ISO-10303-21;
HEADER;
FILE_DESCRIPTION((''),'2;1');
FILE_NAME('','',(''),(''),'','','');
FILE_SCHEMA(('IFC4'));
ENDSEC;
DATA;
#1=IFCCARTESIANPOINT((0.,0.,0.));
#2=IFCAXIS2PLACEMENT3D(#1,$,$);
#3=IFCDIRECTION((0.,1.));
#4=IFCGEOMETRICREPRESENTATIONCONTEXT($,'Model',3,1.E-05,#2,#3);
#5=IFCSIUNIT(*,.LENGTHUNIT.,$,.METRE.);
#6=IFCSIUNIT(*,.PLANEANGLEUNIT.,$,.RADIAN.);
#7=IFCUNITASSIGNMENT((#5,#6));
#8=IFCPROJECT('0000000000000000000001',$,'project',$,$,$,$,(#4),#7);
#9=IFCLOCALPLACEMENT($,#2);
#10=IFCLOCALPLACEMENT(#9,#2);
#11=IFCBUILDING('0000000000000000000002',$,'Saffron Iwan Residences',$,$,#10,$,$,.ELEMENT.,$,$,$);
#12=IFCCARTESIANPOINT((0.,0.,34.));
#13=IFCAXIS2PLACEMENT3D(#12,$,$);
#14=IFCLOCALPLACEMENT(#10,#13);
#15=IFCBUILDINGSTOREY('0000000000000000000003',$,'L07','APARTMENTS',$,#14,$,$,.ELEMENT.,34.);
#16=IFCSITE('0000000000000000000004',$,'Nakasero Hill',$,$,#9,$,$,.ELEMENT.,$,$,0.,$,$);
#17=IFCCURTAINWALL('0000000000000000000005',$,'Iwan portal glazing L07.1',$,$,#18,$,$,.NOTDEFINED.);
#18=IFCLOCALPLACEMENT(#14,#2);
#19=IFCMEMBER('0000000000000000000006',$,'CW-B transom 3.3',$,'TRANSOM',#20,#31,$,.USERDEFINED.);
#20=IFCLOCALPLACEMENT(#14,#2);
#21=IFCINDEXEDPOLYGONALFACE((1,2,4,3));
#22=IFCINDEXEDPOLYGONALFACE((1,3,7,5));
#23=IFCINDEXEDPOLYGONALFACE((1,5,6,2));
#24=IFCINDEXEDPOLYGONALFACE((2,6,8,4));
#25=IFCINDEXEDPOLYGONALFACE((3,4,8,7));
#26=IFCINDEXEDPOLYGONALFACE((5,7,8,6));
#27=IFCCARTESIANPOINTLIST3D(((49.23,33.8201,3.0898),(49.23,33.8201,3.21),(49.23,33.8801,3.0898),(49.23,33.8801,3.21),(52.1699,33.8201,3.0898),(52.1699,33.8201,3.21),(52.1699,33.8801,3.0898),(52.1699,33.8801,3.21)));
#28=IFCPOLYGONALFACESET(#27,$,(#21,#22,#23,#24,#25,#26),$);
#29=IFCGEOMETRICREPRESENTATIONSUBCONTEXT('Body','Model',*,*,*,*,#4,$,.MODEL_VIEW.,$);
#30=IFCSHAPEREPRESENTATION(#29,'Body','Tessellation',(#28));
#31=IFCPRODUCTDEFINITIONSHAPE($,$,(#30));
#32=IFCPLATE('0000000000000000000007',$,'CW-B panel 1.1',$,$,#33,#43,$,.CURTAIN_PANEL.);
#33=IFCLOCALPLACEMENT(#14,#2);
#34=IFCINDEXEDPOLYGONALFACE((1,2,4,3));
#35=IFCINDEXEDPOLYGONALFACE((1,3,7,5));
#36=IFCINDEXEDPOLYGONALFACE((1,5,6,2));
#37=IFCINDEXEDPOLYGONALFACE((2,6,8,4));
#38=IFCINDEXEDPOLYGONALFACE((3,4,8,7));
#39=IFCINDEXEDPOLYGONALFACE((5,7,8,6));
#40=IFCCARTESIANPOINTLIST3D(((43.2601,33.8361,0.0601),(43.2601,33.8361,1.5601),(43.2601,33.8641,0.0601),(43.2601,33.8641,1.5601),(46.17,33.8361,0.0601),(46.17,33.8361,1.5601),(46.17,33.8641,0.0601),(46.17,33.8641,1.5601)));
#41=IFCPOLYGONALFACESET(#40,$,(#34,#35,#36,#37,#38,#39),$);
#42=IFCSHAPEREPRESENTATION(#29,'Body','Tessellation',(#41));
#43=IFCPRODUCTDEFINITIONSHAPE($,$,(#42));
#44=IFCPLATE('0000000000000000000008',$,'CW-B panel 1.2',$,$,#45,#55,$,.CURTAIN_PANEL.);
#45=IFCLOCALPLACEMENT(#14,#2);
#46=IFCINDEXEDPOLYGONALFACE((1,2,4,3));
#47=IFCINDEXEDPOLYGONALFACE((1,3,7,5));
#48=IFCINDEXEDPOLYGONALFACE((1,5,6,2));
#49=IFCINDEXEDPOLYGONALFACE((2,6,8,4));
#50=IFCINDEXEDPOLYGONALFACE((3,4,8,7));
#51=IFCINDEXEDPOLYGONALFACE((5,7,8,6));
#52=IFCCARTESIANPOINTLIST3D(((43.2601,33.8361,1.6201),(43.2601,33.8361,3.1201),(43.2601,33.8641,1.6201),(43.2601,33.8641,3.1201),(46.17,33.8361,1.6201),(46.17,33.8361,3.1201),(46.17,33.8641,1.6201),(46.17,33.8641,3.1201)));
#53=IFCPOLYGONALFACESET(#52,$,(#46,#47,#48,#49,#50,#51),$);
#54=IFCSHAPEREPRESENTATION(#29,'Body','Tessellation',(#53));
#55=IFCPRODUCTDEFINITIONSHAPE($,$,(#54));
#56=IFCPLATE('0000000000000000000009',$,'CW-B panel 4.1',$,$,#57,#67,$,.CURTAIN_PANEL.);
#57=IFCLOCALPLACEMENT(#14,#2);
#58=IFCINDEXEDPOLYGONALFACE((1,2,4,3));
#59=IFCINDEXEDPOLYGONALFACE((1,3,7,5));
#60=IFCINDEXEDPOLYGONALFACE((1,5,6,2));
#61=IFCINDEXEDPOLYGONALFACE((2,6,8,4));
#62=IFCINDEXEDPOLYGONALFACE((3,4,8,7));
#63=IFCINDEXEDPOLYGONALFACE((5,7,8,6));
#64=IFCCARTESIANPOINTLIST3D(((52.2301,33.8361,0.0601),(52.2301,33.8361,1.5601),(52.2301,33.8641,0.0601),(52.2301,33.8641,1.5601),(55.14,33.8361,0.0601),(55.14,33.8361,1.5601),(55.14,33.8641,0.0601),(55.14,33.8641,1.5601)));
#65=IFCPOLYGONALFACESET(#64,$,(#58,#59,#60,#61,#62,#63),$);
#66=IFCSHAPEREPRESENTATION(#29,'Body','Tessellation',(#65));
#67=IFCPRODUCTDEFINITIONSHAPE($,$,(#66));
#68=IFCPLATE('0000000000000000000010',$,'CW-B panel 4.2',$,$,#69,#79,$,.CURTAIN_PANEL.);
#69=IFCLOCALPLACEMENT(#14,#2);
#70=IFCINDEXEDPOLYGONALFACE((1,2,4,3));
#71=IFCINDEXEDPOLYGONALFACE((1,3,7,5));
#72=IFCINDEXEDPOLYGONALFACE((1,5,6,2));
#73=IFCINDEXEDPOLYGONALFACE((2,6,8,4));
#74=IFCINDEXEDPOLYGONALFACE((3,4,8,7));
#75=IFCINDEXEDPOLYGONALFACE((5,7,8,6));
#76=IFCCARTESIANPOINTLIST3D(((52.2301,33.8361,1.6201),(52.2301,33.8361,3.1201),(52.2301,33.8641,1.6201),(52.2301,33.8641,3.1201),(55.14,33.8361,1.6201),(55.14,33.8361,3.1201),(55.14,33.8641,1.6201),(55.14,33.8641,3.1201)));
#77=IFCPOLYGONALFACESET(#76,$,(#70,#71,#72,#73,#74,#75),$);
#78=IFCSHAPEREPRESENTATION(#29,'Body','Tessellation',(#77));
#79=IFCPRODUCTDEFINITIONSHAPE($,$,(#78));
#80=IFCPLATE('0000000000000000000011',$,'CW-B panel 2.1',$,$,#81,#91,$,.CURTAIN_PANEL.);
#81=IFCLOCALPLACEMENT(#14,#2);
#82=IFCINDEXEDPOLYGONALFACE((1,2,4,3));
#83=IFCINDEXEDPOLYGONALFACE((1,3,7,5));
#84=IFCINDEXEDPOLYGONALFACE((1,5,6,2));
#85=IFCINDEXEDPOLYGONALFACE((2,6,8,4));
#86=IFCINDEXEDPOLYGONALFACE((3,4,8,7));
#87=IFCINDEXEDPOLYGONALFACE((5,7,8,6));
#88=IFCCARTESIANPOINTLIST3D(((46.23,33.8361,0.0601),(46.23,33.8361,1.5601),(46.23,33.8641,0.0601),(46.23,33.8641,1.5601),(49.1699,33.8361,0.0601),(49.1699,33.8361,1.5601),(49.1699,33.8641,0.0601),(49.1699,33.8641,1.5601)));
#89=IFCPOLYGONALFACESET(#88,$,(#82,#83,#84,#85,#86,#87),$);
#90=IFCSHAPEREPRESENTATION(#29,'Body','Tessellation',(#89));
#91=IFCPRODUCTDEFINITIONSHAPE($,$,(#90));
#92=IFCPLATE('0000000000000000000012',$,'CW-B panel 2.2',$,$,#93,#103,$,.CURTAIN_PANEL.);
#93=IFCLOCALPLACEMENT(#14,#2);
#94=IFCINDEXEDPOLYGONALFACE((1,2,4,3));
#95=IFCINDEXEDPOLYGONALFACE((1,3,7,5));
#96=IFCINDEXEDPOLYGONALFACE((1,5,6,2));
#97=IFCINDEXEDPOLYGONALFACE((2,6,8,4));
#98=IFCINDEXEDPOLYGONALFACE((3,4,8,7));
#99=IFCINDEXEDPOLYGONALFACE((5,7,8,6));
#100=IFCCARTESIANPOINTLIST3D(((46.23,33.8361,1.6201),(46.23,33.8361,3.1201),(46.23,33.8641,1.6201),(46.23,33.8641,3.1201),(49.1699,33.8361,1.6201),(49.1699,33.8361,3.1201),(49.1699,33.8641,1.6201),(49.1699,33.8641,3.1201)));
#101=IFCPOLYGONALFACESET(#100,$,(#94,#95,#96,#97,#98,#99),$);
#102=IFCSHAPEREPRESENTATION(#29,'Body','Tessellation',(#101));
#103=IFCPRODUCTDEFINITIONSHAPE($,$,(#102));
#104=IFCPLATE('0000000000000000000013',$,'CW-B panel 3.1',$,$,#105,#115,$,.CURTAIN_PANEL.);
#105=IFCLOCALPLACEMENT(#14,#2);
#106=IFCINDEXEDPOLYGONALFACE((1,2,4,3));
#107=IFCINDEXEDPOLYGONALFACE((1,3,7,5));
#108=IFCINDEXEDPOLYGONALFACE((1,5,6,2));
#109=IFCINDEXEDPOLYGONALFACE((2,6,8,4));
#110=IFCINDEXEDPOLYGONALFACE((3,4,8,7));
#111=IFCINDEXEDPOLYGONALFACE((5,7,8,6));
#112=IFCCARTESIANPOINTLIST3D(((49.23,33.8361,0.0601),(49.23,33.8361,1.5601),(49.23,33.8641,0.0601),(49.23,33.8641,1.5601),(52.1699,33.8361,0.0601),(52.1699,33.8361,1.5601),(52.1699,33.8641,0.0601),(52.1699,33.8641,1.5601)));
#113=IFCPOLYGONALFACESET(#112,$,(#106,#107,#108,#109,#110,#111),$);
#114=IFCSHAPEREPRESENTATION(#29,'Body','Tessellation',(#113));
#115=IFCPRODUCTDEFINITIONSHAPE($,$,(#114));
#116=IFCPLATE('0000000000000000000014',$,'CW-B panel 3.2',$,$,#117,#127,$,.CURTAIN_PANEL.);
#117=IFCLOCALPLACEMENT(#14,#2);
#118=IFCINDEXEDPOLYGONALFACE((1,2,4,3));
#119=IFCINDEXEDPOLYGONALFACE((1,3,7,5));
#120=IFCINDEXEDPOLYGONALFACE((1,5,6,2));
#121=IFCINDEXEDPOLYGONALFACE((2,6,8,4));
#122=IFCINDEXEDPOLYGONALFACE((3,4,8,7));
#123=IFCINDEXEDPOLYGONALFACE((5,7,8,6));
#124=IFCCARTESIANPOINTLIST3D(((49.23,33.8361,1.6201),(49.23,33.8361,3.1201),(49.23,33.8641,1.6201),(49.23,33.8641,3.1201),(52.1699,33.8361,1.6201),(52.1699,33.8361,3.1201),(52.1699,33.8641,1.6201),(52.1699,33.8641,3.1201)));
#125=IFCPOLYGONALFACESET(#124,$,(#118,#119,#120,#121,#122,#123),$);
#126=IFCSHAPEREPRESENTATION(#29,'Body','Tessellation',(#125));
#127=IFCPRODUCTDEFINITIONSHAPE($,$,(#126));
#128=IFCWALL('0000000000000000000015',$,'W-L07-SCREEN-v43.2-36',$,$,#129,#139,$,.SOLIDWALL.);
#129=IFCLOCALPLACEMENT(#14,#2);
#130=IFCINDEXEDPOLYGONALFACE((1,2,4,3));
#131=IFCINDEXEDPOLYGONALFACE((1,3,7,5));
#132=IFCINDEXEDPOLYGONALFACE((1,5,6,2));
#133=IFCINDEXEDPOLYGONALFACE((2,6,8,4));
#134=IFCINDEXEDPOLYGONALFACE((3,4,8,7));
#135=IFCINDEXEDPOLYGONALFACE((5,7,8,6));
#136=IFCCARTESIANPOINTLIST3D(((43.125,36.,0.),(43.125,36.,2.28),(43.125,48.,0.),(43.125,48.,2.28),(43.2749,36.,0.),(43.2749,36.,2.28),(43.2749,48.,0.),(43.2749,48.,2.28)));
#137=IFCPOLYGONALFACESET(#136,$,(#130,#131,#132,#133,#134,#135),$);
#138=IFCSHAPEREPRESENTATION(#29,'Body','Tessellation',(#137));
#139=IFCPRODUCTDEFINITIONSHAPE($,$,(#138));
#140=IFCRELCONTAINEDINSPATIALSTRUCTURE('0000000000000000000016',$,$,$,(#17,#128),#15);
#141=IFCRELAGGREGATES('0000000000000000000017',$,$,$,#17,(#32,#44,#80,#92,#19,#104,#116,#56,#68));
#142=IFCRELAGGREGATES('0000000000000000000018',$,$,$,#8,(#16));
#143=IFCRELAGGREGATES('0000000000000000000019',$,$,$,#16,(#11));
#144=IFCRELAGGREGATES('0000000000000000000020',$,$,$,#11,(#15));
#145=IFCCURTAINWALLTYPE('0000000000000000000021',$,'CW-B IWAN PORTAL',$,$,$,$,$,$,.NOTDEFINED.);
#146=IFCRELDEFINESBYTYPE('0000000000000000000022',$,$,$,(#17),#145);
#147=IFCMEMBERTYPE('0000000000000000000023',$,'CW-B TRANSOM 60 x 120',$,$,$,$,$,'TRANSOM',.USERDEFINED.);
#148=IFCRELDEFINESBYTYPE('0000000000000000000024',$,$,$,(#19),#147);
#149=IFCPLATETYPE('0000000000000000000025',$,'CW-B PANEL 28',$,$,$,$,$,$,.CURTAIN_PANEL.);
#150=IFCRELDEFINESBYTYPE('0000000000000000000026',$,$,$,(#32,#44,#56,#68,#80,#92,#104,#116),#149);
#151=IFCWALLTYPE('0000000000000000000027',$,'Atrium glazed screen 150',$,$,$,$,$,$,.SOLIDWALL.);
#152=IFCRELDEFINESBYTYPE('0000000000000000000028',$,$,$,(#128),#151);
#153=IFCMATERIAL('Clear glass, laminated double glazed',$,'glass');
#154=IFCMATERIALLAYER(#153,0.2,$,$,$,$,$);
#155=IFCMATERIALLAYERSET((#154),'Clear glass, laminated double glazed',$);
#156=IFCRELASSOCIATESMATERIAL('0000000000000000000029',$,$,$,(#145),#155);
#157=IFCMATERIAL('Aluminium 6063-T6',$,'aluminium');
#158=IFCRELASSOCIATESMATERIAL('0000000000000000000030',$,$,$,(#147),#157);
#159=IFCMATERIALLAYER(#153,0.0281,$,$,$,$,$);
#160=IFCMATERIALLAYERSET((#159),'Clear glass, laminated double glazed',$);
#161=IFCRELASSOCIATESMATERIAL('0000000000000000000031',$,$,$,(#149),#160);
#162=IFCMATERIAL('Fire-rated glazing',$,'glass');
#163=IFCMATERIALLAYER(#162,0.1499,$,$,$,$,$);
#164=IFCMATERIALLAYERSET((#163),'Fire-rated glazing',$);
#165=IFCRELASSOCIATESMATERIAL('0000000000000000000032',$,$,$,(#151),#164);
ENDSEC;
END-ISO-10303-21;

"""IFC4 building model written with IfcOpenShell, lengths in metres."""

from ifc_helpers import new_model, si_unit, direction, frame, frame_2d, origin, origin_2d, place, context, subcontext, project, spatial, rectangle, extrude, source, transform, mapped, material, layer, layer_set, material_profile, profile_set, type_object, element, aggregate, save


model = new_model("IFC4")

# Units and contexts
model_context = context("Model", 3, precision=1e-05, world=origin(), true_north=direction((0.0, 1.0)))
body_context = subcontext(model_context, "Body", "Model", "MODEL_VIEW")
ifc_project = project(units=[si_unit("LENGTHUNIT", "METRE"), si_unit("PLANEANGLEUNIT", "RADIAN")], contexts=[model_context])

# Site, building, storey
site_placement = place(None, origin())
site = spatial("IfcSite", under=ifc_project, at=site_placement, Name="Nakasero Hill", CompositionType="ELEMENT", RefElevation=0.0)
building_placement = place(site_placement, origin())
building = spatial("IfcBuilding", under=site, at=building_placement, Name="Saffron Iwan Residences", CompositionType="ELEMENT")
storey_placement = place(building_placement, frame((0.0, 0.0, 34.0)))
storey = spatial("IfcBuildingStorey", under=building, at=storey_placement, Name="L07", Description="APARTMENTS", CompositionType="ELEMENT", Elevation=34.0)

# Curtain wall, member, plates
ifc_material_1 = material(Name="Clear glass, laminated double glazed", Category="glass")
ifc_layer_1 = layer(ifc_material_1, 0.2)
ifc_layer_set_1 = layer_set([ifc_layer_1], Name="Clear glass, laminated double glazed")
curtain_wall_type = type_object("IfcCurtainWallType", Name="CW-B IWAN PORTAL", PredefinedType="NOTDEFINED", material=ifc_layer_set_1)
curtain_wall_placement = place(storey_placement, origin())
curtain_wall = element("IfcCurtainWall", 1, at=curtain_wall_placement, inside=storey, type_object=curtain_wall_type, Name="Iwan portal glazing L07.1", PredefinedType="NOTDEFINED")
ifc_material_2 = material(Name="Aluminium 6063-T6", Category="aluminium")
ifc_material_profile_1 = material_profile(ifc_material_2, rectangle(XDim=0.0601, YDim=0.1201, at=origin_2d()), Name="CW-B TRANSOM 60 x 120")
ifc_profile_set_1 = profile_set([ifc_material_profile_1], Name="Aluminium 6063-T6")
member_type_1 = type_object("IfcMemberType", Name="CW-B TRANSOM 60 x 120", ElementType="TRANSOM", PredefinedType="USERDEFINED", material=ifc_profile_set_1)
shared_shape_1 = source(origin(), body_context, "Body", "SweptSolid", [
    extrude(rectangle(XDim=0.0601, YDim=0.1201, at=origin_2d()), origin(), (0.0, 0.0, 1.0), 2.9399),
])
member_1_placement = place(storey_placement, frame((49.23, 33.8501, 3.1499), z_axis=(1.0, 0.0, 0.0), x_axis=(0.0, 1.0, 0.0)))
member_1 = element("IfcMember", 2, at=member_1_placement, type_object=member_type_1, Name="CW-B transom 3.3", ObjectType="TRANSOM", PredefinedType="USERDEFINED", context=body_context, shape_type="MappedRepresentation", body=[
    mapped(shared_shape_1, transform((0.0, 0.0, 0.0))),
])
ifc_layer_2 = layer(ifc_material_1, 0.0281)
ifc_layer_set_2 = layer_set([ifc_layer_2], Name="Clear glass, laminated double glazed")
plate_type = type_object("IfcPlateType", Name="CW-B PANEL 28", PredefinedType="CURTAIN_PANEL", material=ifc_layer_set_2)
shared_shape_2 = source(origin(), body_context, "Body", "SweptSolid", [
    extrude(rectangle(XDim=2.9099, YDim=0.0281, at=origin_2d()), origin(), (0.0, 0.0, 1.0), 1.5),
])
plate_1_placement = place(storey_placement, frame((44.7151, 33.8501, 0.0601), z_axis=(0.0, 0.0, 1.0), x_axis=(1.0, 0.0, 0.0)))
plate_1 = element("IfcPlate", 3, at=plate_1_placement, type_object=plate_type, Name="CW-B panel 1.1", PredefinedType="CURTAIN_PANEL", context=body_context, shape_type="MappedRepresentation", body=[
    mapped(shared_shape_2, transform((0.0, 0.0, 0.0))),
])
plate_2_placement = place(storey_placement, frame((44.7151, 33.8501, 1.6201), z_axis=(0.0, 0.0, 1.0), x_axis=(1.0, 0.0, 0.0)))
plate_2 = element("IfcPlate", 4, at=plate_2_placement, type_object=plate_type, Name="CW-B panel 1.2", PredefinedType="CURTAIN_PANEL", context=body_context, shape_type="MappedRepresentation", body=[
    mapped(shared_shape_2, transform((0.0, 0.0, 0.0))),
])
plate_3_placement = place(storey_placement, frame((53.6851, 33.8501, 0.0601), z_axis=(0.0, 0.0, 1.0), x_axis=(1.0, 0.0, 0.0)))
plate_3 = element("IfcPlate", 5, at=plate_3_placement, type_object=plate_type, Name="CW-B panel 4.1", PredefinedType="CURTAIN_PANEL", context=body_context, shape_type="MappedRepresentation", body=[
    mapped(shared_shape_2, transform((0.0, 0.0, 0.0))),
])
plate_4_placement = place(storey_placement, frame((53.6851, 33.8501, 1.6201), z_axis=(0.0, 0.0, 1.0), x_axis=(1.0, 0.0, 0.0)))
plate_4 = element("IfcPlate", 6, at=plate_4_placement, type_object=plate_type, Name="CW-B panel 4.2", PredefinedType="CURTAIN_PANEL", context=body_context, shape_type="MappedRepresentation", body=[
    mapped(shared_shape_2, transform((0.0, 0.0, 0.0))),
])
shared_shape_3 = source(origin(), body_context, "Body", "SweptSolid", [
    extrude(rectangle(XDim=2.9399, YDim=0.0281, at=origin_2d()), origin(), (0.0, 0.0, 1.0), 1.5),
])
plate_5_placement = place(storey_placement, frame((47.7, 33.8501, 0.0601), z_axis=(0.0, 0.0, 1.0), x_axis=(1.0, 0.0, 0.0)))
plate_5 = element("IfcPlate", 7, at=plate_5_placement, type_object=plate_type, Name="CW-B panel 2.1", PredefinedType="CURTAIN_PANEL", context=body_context, shape_type="MappedRepresentation", body=[
    mapped(shared_shape_3, transform((0.0, 0.0, 0.0))),
])
plate_6_placement = place(storey_placement, frame((47.7, 33.8501, 1.6201), z_axis=(0.0, 0.0, 1.0), x_axis=(1.0, 0.0, 0.0)))
plate_6 = element("IfcPlate", 8, at=plate_6_placement, type_object=plate_type, Name="CW-B panel 2.2", PredefinedType="CURTAIN_PANEL", context=body_context, shape_type="MappedRepresentation", body=[
    mapped(shared_shape_3, transform((0.0, 0.0, 0.0))),
])
plate_7_placement = place(storey_placement, frame((50.7, 33.8501, 0.0601), z_axis=(0.0, 0.0, 1.0), x_axis=(1.0, 0.0, 0.0)))
plate_7 = element("IfcPlate", 9, at=plate_7_placement, type_object=plate_type, Name="CW-B panel 3.1", PredefinedType="CURTAIN_PANEL", context=body_context, shape_type="MappedRepresentation", body=[
    mapped(shared_shape_3, transform((0.0, 0.0, 0.0))),
])
plate_8_placement = place(storey_placement, frame((50.7, 33.8501, 1.6201), z_axis=(0.0, 0.0, 1.0), x_axis=(1.0, 0.0, 0.0)))
plate_8 = element("IfcPlate", 10, at=plate_8_placement, type_object=plate_type, Name="CW-B panel 3.2", PredefinedType="CURTAIN_PANEL", context=body_context, shape_type="MappedRepresentation", body=[
    mapped(shared_shape_3, transform((0.0, 0.0, 0.0))),
])
aggregate(curtain_wall, [plate_1, plate_2, plate_5, plate_6, member_1, plate_7, plate_8, plate_3, plate_4])

# Wall
ifc_material_3 = material(Name="Fire-rated glazing", Category="glass")
ifc_layer_3 = layer(ifc_material_3, 0.1499)
ifc_layer_set_3 = layer_set([ifc_layer_3], Name="Fire-rated glazing")
wall_type = type_object("IfcWallType", Name="Atrium glazed screen 150", PredefinedType="SOLIDWALL", material=ifc_layer_set_3)
wall_placement = place(storey_placement, frame((43.2, 36.0, 0.0), z_axis=(0.0, 0.0, 1.0), x_axis=(0.0, 1.0, 0.0)))
element("IfcWall", 11, at=wall_placement, inside=storey, type_object=wall_type, Name="W-L07-SCREEN-v43.2-36", PredefinedType="SOLIDWALL", context=body_context, shape_type="SweptSolid", body=[
    extrude(rectangle(XDim=12.0, YDim=0.1499, at=frame_2d((6.0, 0.0))), origin(), (0.0, 0.0, 1.0), 2.28),
])

save(model, "model.ifc")
